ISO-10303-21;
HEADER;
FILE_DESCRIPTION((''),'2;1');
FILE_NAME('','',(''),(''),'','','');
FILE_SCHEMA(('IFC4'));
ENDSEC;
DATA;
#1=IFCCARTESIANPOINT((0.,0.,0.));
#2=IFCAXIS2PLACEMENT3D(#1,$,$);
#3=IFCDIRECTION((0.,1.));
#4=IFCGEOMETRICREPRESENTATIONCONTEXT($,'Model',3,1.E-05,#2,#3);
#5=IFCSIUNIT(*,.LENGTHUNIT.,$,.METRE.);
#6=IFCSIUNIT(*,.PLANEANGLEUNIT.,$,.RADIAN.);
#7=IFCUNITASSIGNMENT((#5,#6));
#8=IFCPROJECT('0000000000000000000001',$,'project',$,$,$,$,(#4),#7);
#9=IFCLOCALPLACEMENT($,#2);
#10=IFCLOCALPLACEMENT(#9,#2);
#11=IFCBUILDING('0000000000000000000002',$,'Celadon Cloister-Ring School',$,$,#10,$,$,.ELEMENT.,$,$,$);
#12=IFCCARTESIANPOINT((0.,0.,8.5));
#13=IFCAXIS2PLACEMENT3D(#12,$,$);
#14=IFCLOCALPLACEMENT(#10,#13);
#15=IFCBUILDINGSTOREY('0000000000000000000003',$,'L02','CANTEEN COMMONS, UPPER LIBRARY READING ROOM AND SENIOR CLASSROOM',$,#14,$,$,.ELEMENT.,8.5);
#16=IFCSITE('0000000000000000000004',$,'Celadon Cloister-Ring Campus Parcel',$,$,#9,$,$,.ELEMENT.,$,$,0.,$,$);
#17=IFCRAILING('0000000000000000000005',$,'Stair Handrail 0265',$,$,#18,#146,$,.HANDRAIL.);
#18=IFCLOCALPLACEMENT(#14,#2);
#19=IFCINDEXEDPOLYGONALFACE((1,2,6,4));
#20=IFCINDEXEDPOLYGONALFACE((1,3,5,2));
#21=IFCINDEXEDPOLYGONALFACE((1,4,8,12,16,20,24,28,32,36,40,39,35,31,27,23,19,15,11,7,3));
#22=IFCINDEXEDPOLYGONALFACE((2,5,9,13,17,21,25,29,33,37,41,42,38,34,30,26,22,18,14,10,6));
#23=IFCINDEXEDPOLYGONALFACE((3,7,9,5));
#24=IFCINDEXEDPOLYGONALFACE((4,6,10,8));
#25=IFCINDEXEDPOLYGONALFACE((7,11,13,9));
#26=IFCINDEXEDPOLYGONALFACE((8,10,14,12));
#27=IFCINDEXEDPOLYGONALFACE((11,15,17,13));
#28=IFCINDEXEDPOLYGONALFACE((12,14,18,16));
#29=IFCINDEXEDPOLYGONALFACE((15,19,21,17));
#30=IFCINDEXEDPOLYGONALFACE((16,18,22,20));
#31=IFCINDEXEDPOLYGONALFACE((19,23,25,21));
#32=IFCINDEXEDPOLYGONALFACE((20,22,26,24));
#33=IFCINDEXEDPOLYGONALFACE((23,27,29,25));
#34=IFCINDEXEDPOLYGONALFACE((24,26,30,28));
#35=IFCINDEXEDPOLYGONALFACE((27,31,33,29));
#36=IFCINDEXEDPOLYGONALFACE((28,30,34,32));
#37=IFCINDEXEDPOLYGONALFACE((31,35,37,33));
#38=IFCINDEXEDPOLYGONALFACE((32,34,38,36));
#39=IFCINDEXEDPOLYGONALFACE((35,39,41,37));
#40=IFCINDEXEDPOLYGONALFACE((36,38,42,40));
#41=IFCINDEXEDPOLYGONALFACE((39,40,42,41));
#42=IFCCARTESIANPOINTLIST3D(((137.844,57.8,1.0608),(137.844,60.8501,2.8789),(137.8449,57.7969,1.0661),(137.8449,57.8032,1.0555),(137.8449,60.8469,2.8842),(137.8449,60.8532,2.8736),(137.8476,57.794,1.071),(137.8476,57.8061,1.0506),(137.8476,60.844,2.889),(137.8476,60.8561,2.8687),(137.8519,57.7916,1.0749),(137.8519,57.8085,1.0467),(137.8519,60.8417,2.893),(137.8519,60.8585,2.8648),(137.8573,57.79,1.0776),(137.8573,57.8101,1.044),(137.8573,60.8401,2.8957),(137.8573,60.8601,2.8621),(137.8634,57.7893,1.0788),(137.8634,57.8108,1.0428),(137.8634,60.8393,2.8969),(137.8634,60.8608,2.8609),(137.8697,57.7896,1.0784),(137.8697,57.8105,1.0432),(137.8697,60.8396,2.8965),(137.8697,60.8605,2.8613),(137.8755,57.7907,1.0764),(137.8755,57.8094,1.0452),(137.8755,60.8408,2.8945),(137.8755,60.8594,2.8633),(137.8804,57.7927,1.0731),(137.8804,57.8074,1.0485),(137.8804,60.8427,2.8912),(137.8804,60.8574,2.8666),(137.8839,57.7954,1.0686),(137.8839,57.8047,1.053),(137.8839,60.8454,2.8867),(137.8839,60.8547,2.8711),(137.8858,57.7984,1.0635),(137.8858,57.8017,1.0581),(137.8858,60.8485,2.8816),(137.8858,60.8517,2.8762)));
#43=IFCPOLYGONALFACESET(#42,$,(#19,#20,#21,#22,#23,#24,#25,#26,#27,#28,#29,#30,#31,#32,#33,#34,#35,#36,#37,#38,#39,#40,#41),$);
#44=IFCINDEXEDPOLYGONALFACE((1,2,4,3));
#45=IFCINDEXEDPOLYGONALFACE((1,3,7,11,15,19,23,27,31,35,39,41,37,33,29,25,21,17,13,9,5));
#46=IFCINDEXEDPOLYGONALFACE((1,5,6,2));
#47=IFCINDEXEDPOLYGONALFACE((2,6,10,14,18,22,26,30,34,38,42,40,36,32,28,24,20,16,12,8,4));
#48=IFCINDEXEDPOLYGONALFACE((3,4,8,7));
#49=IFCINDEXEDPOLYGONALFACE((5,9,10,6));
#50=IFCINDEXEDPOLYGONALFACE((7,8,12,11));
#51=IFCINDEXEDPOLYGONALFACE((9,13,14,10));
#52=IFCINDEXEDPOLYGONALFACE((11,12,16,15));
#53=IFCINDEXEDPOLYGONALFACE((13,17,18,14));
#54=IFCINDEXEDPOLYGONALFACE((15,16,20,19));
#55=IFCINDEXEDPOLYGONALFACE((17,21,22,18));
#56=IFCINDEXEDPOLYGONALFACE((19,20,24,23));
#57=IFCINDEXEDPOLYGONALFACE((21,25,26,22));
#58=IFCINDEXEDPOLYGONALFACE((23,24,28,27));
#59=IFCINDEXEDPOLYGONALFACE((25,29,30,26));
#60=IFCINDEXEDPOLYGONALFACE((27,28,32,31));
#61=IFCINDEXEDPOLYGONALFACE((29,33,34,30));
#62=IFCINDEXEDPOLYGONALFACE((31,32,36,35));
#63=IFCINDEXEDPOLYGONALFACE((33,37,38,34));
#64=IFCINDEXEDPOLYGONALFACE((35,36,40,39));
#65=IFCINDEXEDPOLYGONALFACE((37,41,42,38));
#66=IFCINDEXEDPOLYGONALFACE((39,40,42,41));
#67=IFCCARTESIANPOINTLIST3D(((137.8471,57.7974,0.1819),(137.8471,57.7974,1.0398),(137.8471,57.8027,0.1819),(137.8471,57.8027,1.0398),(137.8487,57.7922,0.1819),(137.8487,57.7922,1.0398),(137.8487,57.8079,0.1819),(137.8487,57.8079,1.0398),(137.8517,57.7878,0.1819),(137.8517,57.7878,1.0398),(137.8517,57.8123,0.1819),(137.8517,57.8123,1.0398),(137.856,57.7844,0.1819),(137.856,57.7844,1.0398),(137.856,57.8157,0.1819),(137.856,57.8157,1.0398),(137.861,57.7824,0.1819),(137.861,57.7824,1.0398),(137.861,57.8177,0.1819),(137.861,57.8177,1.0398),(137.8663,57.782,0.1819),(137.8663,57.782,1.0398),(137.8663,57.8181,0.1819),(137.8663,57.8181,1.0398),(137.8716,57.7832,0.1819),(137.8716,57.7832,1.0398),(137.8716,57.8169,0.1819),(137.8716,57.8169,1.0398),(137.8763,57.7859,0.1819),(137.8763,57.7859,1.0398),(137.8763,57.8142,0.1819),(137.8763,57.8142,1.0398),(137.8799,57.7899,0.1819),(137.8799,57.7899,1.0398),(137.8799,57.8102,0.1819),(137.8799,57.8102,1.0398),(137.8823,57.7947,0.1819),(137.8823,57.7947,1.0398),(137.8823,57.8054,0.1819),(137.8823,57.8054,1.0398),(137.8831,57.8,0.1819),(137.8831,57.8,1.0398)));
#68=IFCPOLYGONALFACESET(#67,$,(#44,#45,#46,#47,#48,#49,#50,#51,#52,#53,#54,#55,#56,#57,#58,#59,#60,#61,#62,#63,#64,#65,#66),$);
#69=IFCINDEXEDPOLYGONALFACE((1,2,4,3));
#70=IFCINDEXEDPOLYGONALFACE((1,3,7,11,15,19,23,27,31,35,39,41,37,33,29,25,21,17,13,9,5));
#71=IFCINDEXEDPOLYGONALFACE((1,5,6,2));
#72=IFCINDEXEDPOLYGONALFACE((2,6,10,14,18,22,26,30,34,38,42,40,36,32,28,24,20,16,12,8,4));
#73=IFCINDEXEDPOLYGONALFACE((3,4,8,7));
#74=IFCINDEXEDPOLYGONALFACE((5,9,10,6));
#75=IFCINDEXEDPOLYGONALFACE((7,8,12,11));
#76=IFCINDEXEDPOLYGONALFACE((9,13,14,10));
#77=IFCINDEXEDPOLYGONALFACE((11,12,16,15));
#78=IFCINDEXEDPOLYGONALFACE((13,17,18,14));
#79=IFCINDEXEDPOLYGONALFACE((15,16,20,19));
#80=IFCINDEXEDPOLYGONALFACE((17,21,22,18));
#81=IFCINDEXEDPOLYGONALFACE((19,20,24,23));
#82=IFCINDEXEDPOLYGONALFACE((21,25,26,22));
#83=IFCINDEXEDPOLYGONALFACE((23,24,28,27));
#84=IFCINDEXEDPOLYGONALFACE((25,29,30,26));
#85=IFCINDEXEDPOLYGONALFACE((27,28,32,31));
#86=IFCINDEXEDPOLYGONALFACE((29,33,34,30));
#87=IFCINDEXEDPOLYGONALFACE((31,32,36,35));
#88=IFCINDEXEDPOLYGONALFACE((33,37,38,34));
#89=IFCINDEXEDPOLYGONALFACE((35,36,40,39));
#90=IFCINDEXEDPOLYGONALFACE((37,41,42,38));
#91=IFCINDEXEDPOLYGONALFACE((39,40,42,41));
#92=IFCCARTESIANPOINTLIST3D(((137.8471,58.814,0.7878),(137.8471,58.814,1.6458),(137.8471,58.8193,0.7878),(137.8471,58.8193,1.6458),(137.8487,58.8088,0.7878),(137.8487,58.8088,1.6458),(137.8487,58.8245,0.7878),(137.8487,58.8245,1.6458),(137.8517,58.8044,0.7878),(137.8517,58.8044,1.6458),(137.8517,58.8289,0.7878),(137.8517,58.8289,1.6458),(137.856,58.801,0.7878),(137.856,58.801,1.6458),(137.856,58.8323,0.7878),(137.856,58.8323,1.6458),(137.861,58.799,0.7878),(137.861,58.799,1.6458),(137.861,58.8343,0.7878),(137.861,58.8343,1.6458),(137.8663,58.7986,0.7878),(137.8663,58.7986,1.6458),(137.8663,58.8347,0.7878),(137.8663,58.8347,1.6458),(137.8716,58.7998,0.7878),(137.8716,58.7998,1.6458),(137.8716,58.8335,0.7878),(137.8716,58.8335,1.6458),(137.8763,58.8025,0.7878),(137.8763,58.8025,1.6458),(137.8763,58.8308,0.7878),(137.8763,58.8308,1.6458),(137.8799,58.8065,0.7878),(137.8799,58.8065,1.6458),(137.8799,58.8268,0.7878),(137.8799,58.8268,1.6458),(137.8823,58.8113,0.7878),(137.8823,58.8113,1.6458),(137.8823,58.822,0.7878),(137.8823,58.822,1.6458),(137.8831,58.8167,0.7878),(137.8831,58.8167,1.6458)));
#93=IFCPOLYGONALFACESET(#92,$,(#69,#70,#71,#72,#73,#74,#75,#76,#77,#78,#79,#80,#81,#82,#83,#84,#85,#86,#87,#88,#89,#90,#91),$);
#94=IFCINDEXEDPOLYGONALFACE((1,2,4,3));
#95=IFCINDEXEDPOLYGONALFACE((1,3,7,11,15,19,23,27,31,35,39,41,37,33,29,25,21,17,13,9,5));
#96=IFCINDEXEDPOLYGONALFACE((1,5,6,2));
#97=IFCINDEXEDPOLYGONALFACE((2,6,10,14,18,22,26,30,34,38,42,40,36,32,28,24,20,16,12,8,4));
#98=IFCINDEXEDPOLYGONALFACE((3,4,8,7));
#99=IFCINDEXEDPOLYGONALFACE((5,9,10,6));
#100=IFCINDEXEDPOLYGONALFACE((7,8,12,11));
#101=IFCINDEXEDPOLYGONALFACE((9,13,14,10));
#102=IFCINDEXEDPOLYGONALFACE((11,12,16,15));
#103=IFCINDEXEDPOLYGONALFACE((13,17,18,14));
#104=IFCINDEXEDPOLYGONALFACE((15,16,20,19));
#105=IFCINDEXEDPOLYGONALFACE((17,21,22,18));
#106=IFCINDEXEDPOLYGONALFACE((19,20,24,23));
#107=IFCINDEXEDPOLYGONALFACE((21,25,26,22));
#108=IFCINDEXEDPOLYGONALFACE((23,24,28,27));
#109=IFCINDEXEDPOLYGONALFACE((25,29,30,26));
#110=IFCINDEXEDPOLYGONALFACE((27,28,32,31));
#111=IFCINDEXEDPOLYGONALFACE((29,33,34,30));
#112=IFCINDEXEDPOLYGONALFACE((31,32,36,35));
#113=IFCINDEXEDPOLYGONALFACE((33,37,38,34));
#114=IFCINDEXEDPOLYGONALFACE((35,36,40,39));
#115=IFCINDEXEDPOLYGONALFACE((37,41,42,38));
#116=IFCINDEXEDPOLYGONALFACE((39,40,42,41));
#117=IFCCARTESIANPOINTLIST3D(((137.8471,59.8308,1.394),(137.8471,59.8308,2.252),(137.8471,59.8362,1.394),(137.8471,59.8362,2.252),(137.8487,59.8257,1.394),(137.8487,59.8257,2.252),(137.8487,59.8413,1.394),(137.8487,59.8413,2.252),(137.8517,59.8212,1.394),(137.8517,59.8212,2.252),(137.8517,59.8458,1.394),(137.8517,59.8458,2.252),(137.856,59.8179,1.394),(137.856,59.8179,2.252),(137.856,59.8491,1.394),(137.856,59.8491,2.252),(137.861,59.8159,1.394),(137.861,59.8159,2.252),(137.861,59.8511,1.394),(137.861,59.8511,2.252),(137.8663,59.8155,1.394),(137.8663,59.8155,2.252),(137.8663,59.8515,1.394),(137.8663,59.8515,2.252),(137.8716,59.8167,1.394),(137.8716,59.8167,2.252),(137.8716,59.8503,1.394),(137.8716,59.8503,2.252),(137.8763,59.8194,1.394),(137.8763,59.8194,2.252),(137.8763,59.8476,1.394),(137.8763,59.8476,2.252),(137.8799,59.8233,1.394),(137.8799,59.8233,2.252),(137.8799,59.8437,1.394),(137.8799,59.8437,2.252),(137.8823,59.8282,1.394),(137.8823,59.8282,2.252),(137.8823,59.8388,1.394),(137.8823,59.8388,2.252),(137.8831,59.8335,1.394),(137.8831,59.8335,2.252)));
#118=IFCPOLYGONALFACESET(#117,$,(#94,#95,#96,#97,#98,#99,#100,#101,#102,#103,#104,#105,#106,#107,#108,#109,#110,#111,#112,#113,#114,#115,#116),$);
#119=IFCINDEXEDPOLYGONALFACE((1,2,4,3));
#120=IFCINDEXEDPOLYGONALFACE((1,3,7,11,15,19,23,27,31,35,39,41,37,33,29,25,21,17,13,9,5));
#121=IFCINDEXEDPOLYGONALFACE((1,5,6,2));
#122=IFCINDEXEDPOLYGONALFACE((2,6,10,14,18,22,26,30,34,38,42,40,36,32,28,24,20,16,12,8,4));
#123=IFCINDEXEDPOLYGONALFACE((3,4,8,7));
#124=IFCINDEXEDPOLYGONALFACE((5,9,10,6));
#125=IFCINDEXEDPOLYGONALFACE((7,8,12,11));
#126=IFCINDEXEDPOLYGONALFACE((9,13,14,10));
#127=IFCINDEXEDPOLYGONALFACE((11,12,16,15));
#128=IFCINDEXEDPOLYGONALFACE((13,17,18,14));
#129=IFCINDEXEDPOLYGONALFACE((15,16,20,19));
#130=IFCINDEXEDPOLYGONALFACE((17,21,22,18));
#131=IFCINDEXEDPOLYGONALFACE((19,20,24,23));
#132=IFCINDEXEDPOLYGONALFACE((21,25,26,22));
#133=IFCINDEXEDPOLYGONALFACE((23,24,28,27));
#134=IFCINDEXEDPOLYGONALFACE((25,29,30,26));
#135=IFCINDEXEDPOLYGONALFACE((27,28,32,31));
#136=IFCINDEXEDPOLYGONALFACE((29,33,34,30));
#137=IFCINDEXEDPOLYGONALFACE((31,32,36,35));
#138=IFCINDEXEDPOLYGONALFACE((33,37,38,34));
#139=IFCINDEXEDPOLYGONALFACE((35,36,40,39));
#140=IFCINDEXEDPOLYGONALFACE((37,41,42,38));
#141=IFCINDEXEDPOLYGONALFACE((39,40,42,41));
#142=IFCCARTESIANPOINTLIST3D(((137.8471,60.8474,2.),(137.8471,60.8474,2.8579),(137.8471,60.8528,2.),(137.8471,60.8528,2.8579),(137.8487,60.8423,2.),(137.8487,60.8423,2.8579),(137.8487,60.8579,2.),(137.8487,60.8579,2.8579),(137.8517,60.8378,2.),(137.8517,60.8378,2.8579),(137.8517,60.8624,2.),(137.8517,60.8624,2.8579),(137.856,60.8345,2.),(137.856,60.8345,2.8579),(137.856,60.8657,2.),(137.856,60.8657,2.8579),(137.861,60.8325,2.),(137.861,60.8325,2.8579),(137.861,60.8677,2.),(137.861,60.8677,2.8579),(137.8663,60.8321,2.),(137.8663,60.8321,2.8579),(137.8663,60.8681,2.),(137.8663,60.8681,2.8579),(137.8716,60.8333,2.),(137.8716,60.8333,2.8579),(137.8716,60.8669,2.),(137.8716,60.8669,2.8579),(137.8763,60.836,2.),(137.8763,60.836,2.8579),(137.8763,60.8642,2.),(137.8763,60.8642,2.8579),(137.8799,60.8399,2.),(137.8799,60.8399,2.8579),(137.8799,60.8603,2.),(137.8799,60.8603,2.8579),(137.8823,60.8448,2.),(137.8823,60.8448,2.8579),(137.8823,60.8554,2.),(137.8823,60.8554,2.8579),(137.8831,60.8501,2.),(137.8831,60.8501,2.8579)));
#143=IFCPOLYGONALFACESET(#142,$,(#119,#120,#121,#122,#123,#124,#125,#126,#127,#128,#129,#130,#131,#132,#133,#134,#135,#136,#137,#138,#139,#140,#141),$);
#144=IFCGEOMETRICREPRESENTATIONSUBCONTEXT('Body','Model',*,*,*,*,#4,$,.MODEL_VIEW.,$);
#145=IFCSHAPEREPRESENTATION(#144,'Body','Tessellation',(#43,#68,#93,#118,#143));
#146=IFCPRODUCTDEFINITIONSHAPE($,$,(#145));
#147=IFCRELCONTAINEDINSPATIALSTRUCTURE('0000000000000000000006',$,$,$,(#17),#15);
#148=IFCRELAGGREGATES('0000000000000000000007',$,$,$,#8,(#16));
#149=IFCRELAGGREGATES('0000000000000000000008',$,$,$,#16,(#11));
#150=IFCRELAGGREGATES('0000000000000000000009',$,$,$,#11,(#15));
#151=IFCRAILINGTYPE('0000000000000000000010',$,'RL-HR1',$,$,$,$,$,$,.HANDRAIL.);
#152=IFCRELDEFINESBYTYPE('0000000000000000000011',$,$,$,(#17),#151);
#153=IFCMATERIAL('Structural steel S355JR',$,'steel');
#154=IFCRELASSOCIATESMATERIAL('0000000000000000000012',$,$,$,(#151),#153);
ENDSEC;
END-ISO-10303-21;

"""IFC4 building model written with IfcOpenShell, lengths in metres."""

from ifc_helpers import new_model, si_unit, direction, frame, origin, origin_2d, place, context, subcontext, project, spatial, circle, extrude, material, type_object, element, save


model = new_model("IFC4")

# Units and contexts
model_context = context("Model", 3, precision=1e-05, world=origin(), true_north=direction((0.0, 1.0)))
body_context = subcontext(model_context, "Body", "Model", "MODEL_VIEW")
ifc_project = project(units=[si_unit("LENGTHUNIT", "METRE"), si_unit("PLANEANGLEUNIT", "RADIAN")], contexts=[model_context])

# Site, building, storey
site_placement = place(None, origin())
site = spatial("IfcSite", under=ifc_project, at=site_placement, Name="Celadon Cloister-Ring Campus Parcel", CompositionType="ELEMENT", RefElevation=0.0)
building_placement = place(site_placement, origin())
building = spatial("IfcBuilding", under=site, at=building_placement, Name="Celadon Cloister-Ring School", CompositionType="ELEMENT")
storey_placement = place(building_placement, frame((0.0, 0.0, 8.5)))
storey = spatial("IfcBuildingStorey", under=building, at=storey_placement, Name="L02", Description="CANTEEN COMMONS, UPPER LIBRARY READING ROOM AND SENIOR CLASSROOM", CompositionType="ELEMENT", Elevation=8.5)

# Railing
ifc_material_1 = material(Name="Structural steel S355JR", Category="steel")
railing_type_1 = type_object("IfcRailingType", Name="RL-HR1", PredefinedType="HANDRAIL", material=ifc_material_1)
for number, where, name in (
    (1, (137.865, 57.8, 0.1819), "Stair Handrail 0265"),
):
    element("IfcRailing", number, at=place(storey_placement, frame(where)), inside=storey, type_object=railing_type_1, Name=name, PredefinedType="HANDRAIL", context=body_context, shape_type="SweptSolid", body=[
        extrude(circle(Radius=0.021, at=origin_2d()), frame((0.0, 0.0, 0.8789), z_axis=(0.0, 0.85897, 0.512026), x_axis=(-1.0, 0.0, 0.0)), (0.0, 0.0, 1.0), 3.5508),
        extrude(circle(Radius=0.0181, at=origin_2d()), origin(), (0.0, 0.0, 1.0), 0.8579),
        extrude(circle(Radius=0.0181, at=origin_2d()), frame((0.0, 1.0166, 0.606)), (0.0, 0.0, 1.0), 0.8579),
        extrude(circle(Radius=0.0181, at=origin_2d()), frame((0.0, 2.0334, 1.2122)), (0.0, 0.0, 1.0), 0.8579),
        extrude(circle(Radius=0.0181, at=origin_2d()), frame((0.0, 3.05, 1.8181)), (0.0, 0.0, 1.0), 0.8579),
    ])

save(model, "model.ifc")
